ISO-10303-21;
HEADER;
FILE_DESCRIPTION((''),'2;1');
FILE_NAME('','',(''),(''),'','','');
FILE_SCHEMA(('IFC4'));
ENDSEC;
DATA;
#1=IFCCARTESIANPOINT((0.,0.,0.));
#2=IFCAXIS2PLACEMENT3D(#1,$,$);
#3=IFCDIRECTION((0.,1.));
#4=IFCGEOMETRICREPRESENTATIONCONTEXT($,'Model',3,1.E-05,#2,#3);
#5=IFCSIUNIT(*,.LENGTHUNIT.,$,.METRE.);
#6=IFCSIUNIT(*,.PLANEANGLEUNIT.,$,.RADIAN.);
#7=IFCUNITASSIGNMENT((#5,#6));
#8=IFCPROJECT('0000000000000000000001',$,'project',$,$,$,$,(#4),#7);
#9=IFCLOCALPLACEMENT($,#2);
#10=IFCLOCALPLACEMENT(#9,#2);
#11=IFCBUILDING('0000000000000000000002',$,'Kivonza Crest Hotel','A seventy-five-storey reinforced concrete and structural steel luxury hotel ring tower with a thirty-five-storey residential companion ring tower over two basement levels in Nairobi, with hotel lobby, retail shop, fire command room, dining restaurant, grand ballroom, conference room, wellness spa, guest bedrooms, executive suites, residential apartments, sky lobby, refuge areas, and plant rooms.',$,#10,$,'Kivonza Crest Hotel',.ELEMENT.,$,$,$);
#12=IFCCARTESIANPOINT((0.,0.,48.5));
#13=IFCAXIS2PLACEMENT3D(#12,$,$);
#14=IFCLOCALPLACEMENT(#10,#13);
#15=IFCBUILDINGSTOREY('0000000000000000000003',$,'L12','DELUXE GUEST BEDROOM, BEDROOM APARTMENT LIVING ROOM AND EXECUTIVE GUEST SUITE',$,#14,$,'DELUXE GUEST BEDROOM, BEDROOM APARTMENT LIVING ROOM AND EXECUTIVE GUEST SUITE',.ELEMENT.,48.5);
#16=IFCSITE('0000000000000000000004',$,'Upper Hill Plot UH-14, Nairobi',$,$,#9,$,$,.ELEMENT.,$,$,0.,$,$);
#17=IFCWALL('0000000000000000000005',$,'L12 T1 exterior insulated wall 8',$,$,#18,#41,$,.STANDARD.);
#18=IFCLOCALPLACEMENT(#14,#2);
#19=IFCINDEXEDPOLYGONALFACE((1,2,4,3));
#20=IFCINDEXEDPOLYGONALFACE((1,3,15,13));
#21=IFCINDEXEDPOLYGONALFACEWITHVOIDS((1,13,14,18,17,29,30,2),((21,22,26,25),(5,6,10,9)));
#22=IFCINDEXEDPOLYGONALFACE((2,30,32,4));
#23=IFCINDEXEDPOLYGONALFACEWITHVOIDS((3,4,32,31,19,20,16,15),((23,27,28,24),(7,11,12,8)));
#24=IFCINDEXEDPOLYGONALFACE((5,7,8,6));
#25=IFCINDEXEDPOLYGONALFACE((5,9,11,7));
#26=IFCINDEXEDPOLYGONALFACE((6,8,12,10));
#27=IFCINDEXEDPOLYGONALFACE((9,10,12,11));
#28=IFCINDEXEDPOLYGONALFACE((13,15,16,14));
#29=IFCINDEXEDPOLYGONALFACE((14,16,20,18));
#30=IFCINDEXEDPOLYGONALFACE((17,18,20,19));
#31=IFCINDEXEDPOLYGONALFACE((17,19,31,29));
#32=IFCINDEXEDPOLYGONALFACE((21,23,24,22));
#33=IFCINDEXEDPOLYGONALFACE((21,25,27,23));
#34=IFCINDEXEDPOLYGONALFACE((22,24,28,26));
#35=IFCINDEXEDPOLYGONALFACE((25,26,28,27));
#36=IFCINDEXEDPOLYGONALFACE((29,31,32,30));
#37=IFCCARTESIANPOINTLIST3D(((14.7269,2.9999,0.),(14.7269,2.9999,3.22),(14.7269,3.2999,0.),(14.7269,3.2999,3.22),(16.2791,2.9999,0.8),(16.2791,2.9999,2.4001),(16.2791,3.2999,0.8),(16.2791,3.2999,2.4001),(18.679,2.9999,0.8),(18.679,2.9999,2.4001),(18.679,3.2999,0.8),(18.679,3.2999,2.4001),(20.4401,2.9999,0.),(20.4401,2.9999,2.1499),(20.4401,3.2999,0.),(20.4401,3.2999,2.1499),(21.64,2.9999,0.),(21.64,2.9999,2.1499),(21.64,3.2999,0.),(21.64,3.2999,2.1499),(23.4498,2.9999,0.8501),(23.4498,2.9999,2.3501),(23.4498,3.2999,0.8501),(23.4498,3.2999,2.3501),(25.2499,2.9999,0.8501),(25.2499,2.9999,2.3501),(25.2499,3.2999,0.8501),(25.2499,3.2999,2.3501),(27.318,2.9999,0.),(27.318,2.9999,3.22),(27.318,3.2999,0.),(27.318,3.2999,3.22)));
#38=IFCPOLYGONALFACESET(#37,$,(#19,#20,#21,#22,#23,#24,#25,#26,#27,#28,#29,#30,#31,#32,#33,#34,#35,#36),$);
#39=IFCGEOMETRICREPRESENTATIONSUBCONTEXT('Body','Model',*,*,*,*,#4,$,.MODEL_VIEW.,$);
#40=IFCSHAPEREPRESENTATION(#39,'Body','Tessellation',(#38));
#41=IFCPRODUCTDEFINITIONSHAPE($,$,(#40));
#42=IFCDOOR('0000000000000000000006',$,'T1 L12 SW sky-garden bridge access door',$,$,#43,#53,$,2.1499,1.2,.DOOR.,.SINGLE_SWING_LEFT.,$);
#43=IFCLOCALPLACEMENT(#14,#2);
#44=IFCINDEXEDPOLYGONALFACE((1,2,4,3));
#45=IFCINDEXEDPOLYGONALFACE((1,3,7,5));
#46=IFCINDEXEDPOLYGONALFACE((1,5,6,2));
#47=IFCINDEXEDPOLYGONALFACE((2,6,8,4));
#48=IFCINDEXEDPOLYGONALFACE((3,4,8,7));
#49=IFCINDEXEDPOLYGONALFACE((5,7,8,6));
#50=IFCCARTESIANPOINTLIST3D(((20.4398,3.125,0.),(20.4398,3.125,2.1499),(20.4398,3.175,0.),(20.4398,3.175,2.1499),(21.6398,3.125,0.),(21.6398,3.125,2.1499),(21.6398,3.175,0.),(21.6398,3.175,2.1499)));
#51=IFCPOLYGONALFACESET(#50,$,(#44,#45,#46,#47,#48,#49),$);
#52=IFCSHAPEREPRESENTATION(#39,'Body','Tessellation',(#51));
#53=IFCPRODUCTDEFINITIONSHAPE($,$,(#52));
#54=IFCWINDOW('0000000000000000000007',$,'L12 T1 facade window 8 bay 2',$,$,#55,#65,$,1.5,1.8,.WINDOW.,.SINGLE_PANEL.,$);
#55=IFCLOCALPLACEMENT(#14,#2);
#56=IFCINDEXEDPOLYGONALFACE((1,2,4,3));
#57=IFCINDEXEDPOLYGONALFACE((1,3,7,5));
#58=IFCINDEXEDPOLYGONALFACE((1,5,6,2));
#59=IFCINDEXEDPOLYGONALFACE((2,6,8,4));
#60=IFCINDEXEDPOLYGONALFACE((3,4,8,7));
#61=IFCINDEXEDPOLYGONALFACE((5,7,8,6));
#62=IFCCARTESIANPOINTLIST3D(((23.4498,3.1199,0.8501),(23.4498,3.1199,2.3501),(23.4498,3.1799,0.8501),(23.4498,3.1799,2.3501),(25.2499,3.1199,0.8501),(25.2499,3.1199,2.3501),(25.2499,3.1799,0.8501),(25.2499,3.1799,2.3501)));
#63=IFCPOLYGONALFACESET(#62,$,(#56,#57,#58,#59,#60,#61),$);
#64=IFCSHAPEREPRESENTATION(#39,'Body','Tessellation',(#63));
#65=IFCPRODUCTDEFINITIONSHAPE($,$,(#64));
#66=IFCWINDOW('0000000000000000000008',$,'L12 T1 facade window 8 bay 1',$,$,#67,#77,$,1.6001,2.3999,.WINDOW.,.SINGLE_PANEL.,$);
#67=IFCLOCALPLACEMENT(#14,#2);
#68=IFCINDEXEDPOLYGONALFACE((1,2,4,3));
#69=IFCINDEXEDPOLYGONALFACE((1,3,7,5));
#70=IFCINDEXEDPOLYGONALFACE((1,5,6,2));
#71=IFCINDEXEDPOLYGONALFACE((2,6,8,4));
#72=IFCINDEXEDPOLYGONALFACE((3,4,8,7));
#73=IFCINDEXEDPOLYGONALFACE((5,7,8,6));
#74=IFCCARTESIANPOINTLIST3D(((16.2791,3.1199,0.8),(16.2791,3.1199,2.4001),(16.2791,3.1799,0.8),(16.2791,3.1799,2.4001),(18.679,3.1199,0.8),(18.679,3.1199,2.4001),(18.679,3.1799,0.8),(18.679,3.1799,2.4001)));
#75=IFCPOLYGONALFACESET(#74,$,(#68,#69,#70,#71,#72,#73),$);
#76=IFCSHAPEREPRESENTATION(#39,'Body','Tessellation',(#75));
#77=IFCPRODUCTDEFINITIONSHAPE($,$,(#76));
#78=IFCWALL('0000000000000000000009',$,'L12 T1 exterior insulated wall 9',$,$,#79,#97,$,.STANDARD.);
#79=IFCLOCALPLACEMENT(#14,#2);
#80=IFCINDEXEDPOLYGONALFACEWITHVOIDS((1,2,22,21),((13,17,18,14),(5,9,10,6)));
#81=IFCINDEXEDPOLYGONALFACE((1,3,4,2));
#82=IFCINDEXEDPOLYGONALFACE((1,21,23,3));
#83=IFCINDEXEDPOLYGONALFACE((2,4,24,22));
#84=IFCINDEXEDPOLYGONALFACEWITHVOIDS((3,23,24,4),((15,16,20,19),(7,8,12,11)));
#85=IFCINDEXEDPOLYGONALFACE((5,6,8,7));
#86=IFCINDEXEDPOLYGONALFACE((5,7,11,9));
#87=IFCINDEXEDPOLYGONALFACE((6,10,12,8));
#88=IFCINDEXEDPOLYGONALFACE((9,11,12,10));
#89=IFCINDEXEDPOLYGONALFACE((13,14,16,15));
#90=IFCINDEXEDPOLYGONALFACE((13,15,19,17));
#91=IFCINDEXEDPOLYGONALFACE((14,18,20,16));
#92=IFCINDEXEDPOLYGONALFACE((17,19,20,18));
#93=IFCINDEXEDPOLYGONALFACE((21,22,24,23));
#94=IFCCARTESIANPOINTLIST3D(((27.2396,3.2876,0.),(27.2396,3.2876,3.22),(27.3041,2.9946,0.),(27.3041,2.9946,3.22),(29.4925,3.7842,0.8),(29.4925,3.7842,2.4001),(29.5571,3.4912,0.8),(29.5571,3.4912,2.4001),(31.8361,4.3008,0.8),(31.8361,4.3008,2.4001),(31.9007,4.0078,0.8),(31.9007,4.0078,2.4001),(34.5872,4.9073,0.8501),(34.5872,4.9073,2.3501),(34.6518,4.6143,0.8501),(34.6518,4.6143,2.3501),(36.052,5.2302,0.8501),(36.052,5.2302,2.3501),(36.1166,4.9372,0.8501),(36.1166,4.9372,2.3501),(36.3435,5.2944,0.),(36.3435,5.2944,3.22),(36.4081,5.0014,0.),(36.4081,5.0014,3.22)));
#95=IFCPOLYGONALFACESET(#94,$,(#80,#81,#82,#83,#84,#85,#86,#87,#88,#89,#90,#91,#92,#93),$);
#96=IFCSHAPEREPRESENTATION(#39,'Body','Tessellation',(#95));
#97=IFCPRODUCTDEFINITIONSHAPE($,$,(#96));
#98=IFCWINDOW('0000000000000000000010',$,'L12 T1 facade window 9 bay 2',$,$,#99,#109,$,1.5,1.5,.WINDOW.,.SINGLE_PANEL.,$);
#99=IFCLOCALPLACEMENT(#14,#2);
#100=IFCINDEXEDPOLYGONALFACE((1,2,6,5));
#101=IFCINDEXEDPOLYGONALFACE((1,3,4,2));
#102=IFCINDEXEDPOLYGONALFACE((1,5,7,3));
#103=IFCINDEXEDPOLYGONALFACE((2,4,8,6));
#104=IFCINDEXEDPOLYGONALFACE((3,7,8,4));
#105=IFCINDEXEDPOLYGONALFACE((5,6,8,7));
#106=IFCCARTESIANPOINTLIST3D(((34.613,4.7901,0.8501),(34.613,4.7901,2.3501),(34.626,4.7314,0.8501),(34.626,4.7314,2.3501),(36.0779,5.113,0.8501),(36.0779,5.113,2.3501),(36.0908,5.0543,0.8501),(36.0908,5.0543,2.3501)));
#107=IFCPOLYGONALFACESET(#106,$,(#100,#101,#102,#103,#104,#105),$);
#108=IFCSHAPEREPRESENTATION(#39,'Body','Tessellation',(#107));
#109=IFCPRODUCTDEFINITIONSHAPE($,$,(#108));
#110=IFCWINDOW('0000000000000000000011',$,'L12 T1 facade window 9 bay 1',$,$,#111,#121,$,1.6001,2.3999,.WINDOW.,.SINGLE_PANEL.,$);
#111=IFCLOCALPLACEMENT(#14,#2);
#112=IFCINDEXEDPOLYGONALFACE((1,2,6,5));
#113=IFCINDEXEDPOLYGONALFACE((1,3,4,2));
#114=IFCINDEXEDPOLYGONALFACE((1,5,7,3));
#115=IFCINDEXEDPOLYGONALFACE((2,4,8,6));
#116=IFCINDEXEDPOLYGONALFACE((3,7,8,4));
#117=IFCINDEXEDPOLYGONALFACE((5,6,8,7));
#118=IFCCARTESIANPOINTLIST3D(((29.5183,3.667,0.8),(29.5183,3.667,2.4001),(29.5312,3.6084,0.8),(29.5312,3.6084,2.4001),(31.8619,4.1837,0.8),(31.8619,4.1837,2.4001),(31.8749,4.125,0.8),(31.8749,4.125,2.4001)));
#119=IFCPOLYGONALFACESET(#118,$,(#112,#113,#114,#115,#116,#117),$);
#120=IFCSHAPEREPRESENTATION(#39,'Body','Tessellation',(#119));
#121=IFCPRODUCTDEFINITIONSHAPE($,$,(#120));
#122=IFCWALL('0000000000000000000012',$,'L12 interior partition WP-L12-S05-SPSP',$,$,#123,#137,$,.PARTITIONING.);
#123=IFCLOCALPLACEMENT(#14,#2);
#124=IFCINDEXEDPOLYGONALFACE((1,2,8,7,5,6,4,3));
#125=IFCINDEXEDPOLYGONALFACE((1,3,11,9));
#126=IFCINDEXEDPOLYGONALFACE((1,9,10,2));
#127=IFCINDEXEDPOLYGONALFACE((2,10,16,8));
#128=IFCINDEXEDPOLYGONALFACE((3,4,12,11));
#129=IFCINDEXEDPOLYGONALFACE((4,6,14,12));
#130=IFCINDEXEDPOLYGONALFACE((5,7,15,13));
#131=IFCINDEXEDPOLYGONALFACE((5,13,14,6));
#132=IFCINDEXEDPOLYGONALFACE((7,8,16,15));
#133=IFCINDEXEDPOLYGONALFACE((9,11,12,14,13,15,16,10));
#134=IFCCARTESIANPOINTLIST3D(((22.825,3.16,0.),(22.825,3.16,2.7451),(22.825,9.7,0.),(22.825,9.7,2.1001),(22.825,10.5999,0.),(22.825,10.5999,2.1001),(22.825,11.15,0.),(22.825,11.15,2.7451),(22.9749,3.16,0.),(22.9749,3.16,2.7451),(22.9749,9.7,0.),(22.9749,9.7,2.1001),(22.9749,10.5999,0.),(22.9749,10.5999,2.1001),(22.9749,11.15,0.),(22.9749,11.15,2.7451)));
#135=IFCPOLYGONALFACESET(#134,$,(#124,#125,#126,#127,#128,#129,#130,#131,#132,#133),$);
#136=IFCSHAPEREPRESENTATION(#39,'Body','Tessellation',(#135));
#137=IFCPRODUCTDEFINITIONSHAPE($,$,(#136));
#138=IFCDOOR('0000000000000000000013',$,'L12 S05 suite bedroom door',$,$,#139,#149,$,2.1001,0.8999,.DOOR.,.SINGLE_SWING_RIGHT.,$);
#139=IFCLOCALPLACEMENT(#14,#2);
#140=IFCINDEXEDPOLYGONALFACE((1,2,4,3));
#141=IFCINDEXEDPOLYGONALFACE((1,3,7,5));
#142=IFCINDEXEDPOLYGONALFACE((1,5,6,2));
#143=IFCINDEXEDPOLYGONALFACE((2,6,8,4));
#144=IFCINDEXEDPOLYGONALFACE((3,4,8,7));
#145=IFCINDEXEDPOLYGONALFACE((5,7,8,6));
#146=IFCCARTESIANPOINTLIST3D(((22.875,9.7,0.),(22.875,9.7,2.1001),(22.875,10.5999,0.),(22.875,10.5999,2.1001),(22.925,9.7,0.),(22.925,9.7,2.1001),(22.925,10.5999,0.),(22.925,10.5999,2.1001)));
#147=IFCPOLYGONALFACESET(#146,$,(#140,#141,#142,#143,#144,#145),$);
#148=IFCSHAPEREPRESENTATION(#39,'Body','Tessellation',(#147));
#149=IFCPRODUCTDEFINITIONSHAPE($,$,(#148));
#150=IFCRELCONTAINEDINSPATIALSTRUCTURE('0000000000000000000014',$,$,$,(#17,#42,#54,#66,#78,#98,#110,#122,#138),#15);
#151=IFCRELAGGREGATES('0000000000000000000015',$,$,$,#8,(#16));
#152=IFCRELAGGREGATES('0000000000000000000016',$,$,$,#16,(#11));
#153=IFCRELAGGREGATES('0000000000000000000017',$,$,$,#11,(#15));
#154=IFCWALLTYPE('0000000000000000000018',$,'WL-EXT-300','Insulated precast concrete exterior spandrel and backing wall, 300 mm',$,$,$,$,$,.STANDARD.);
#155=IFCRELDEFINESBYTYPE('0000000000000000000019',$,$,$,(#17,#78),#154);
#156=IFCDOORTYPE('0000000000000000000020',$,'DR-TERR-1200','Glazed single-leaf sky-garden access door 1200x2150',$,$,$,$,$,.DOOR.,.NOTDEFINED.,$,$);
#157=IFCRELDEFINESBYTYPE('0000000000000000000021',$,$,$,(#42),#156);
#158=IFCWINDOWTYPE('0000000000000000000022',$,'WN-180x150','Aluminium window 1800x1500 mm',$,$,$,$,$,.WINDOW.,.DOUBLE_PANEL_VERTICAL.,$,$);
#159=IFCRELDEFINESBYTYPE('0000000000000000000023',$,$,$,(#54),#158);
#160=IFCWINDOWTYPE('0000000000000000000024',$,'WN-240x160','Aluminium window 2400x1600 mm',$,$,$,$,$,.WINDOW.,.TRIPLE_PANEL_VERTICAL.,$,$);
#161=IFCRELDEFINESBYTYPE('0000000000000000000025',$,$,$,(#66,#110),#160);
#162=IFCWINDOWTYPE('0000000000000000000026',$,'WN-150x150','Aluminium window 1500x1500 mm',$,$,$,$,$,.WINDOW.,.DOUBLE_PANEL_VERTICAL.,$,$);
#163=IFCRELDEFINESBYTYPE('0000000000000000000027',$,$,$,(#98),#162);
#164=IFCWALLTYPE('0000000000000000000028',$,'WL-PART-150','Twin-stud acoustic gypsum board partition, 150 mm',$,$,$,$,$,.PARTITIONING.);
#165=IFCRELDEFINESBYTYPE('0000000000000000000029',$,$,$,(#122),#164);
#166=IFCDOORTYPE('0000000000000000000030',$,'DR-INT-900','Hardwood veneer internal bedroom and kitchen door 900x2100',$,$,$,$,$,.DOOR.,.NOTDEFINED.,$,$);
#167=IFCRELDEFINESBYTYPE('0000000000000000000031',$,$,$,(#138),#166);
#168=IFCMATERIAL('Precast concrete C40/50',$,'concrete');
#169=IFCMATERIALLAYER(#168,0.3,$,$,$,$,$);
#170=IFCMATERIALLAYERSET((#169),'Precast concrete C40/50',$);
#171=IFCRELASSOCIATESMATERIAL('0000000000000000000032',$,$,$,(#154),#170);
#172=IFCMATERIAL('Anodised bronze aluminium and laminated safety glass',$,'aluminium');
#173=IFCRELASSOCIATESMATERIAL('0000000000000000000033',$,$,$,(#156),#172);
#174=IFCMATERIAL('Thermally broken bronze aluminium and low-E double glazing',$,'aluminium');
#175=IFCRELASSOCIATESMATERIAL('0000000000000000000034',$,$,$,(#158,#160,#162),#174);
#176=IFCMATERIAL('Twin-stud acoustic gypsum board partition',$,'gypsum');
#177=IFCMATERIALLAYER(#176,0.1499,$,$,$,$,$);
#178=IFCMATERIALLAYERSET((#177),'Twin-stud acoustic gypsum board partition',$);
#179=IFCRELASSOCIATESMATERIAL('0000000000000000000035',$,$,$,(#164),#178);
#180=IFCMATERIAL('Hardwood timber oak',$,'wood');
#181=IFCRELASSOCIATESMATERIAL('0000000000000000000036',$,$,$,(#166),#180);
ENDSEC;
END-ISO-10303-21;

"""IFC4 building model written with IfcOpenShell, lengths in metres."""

from ifc_helpers import new_model, si_unit, direction, frame, frame_2d, origin, place, context, subcontext, project, spatial, rectangle, extrude, material, layer, layer_set, type_object, element, fill, save


model = new_model("IFC4")

# Units and contexts
model_context = context("Model", 3, precision=1e-05, world=origin(), true_north=direction((0.0, 1.0)))
body_context = subcontext(model_context, "Body", "Model", "MODEL_VIEW")
ifc_project = project(units=[si_unit("LENGTHUNIT", "METRE"), si_unit("PLANEANGLEUNIT", "RADIAN")], contexts=[model_context])

# Site, building, storey
site_placement = place(None, origin())
site = spatial("IfcSite", under=ifc_project, at=site_placement, Name="Upper Hill Plot UH-14, Nairobi", CompositionType="ELEMENT", RefElevation=0.0)
building_placement = place(site_placement, origin())
building = spatial("IfcBuilding", under=site, at=building_placement, Name="Kivonza Crest Hotel", Description="A seventy-five-storey reinforced concrete and structural steel luxury hotel ring tower with a thirty-five-storey residential companion ring tower over two basement levels in Nairobi, with hotel lobby, retail shop, fire command room, dining restaurant, grand ballroom, conference room, wellness spa, guest bedrooms, executive suites, residential apartments, sky lobby, refuge areas, and plant rooms.", LongName="Kivonza Crest Hotel", CompositionType="ELEMENT")
storey_placement = place(building_placement, frame((0.0, 0.0, 48.5)))
storey = spatial("IfcBuildingStorey", under=building, at=storey_placement, Name="L12", Description="DELUXE GUEST BEDROOM, BEDROOM APARTMENT LIVING ROOM AND EXECUTIVE GUEST SUITE", LongName="DELUXE GUEST BEDROOM, BEDROOM APARTMENT LIVING ROOM AND EXECUTIVE GUEST SUITE", CompositionType="ELEMENT", Elevation=48.5)

# Wall, openings, door, windows
ifc_material_1 = material(Name="Precast concrete C40/50", Category="concrete")
ifc_layer_1 = layer(ifc_material_1, 0.3)
ifc_layer_set_1 = layer_set([ifc_layer_1], Name="Precast concrete C40/50")
wall_type_1 = type_object("IfcWallType", Name="WL-EXT-300", Description="Insulated precast concrete exterior spandrel and backing wall, 300 mm", PredefinedType="STANDARD", material=ifc_layer_set_1)
wall_1_placement = place(storey_placement, frame((14.7271, 3.1499, 0.0), z_axis=(0.0, 0.0, 1.0), x_axis=(1.0, 0.0, 0.0)))
wall_1 = element("IfcWall", 1, at=wall_1_placement, inside=storey, type_object=wall_type_1, Name="L12 T1 exterior insulated wall 8", PredefinedType="STANDARD", context=body_context, shape_type="SweptSolid", body=[
    extrude(rectangle(XDim=12.5911, YDim=0.3, at=frame_2d((6.2954, 0.0))), origin(), (0.0, 0.0, 1.0), 3.22),
])
opening_1_placement = place(wall_1_placement, frame((5.7129, 0.0, 0.0)))
opening_1 = element("IfcOpeningElement", 2, at=opening_1_placement, cuts=wall_1, PredefinedType="OPENING", context=body_context, shape_type="SweptSolid", body=[
    extrude(rectangle(XDim=1.2, YDim=2.1499, at=frame_2d((0.6001, 1.075))), frame((0.0, 0.1602, 0.0), z_axis=(0.0, -1.0, 0.0), x_axis=(1.0, 0.0, 0.0)), (0.0, 0.0, 1.0), 0.3201),
])
opening_2_placement = place(wall_1_placement, frame((1.552, 0.0, 0.8)))
opening_2 = element("IfcOpeningElement", 3, at=opening_2_placement, cuts=wall_1, PredefinedType="OPENING", context=body_context, shape_type="SweptSolid", body=[
    extrude(rectangle(XDim=2.3999, YDim=1.6001, at=frame_2d((1.2, 0.8))), frame((0.0, 0.1602, 0.0), z_axis=(0.0, -1.0, 0.0), x_axis=(1.0, 0.0, 0.0)), (0.0, 0.0, 1.0), 0.3201),
])
opening_3_placement = place(wall_1_placement, frame((8.7229, 0.0, 0.8501)))
opening_3 = element("IfcOpeningElement", 4, at=opening_3_placement, cuts=wall_1, PredefinedType="OPENING", context=body_context, shape_type="SweptSolid", body=[
    extrude(rectangle(XDim=1.8, YDim=1.5, at=frame_2d((0.8999, 0.75))), frame((0.0, 0.1602, 0.0), z_axis=(0.0, -1.0, 0.0), x_axis=(1.0, 0.0, 0.0)), (0.0, 0.0, 1.0), 0.3201),
])
ifc_material_2 = material(Name="Anodised bronze aluminium and laminated safety glass", Category="aluminium")
door_type_1 = type_object("IfcDoorType", Name="DR-TERR-1200", Description="Glazed single-leaf sky-garden access door 1200x2150", OperationType="NOTDEFINED", PredefinedType="DOOR", material=ifc_material_2)
door_1_placement = place(opening_1_placement, frame((1.2, 0.0, 0.0), z_axis=(0.0, 0.0, 1.0), x_axis=(-1.0, 0.0, 0.0)))
door_1 = element("IfcDoor", 5, at=door_1_placement, inside=storey, type_object=door_type_1, Name="T1 L12 SW sky-garden bridge access door", OperationType="SINGLE_SWING_LEFT", OverallHeight=2.1499, OverallWidth=1.2, PredefinedType="DOOR", context=body_context, shape_type="SweptSolid", body=[
    extrude(rectangle(XDim=1.2, YDim=2.1499, at=frame_2d((0.6001, 1.075))), frame((0.0, 0.0249, 0.0), z_axis=(0.0, -1.0, 0.0), x_axis=(1.0, 0.0, 0.0)), (0.0, 0.0, 1.0), 0.05),
])
fill(opening_1, door_1)
ifc_material_3 = material(Name="Thermally broken bronze aluminium and low-E double glazing", Category="aluminium")
window_type_1 = type_object("IfcWindowType", Name="WN-180x150", Description="Aluminium window 1800x1500 mm", PartitioningType="DOUBLE_PANEL_VERTICAL", PredefinedType="WINDOW", material=ifc_material_3)
window_1_placement = place(opening_3_placement, origin())
window_1 = element("IfcWindow", 6, at=window_1_placement, inside=storey, type_object=window_type_1, Name="L12 T1 facade window 8 bay 2", OverallHeight=1.5, OverallWidth=1.8, PartitioningType="SINGLE_PANEL", PredefinedType="WINDOW", context=body_context, shape_type="SweptSolid", body=[
    extrude(rectangle(XDim=1.8, YDim=1.5, at=frame_2d((0.8999, 0.75))), frame((0.0, 0.03, 0.0), z_axis=(0.0, -1.0, 0.0), x_axis=(1.0, 0.0, 0.0)), (0.0, 0.0, 1.0), 0.0601),
])
fill(opening_3, window_1)
window_type_2 = type_object("IfcWindowType", Name="WN-240x160", Description="Aluminium window 2400x1600 mm", PartitioningType="TRIPLE_PANEL_VERTICAL", PredefinedType="WINDOW", material=ifc_material_3)
window_2_placement = place(opening_2_placement, origin())
window_2 = element("IfcWindow", 7, at=window_2_placement, inside=storey, type_object=window_type_2, Name="L12 T1 facade window 8 bay 1", OverallHeight=1.6001, OverallWidth=2.3999, PartitioningType="SINGLE_PANEL", PredefinedType="WINDOW", context=body_context, shape_type="SweptSolid", body=[
    extrude(rectangle(XDim=2.3999, YDim=1.6001, at=frame_2d((1.2, 0.8))), frame((0.0, 0.03, 0.0), z_axis=(0.0, -1.0, 0.0), x_axis=(1.0, 0.0, 0.0)), (0.0, 0.0, 1.0), 0.0601),
])
fill(opening_2, window_2)

# Wall, openings, windows
wall_2_placement = place(storey_placement, frame((27.272, 3.1411, 0.0), z_axis=(0.0, 0.0, 1.0), x_axis=(0.976555, 0.215266, 0.0)))
wall_2 = element("IfcWall", 8, at=wall_2_placement, inside=storey, type_object=wall_type_1, Name="L12 T1 exterior insulated wall 9", PredefinedType="STANDARD", context=body_context, shape_type="SweptSolid", body=[
    extrude(rectangle(XDim=9.3225, YDim=0.3, at=frame_2d((4.6611, 0.0))), origin(), (0.0, 0.0, 1.0), 3.22),
])
opening_4_placement = place(wall_2_placement, frame((2.3069, 0.0, 0.8)))
opening_4 = element("IfcOpeningElement", 9, at=opening_4_placement, cuts=wall_2, PredefinedType="OPENING", context=body_context, shape_type="SweptSolid", body=[
    extrude(rectangle(XDim=2.3999, YDim=1.6001, at=frame_2d((1.2, 0.8))), frame((0.0, 0.1602, 0.0), z_axis=(0.0, -1.0, 0.0), x_axis=(1.0, 0.0, 0.0)), (0.0, 0.0, 1.0), 0.3201),
])
opening_5_placement = place(wall_2_placement, frame((7.5239, 0.0, 0.8501)))
opening_5 = element("IfcOpeningElement", 10, at=opening_5_placement, cuts=wall_2, PredefinedType="OPENING", context=body_context, shape_type="SweptSolid", body=[
    extrude(rectangle(XDim=1.5, YDim=1.5, at=frame_2d((0.75, 0.75))), frame((0.0, 0.1602, 0.0), z_axis=(0.0, -1.0, 0.0), x_axis=(1.0, 0.0, 0.0)), (0.0, 0.0, 1.0), 0.3201),
])
window_type_3 = type_object("IfcWindowType", Name="WN-150x150", Description="Aluminium window 1500x1500 mm", PartitioningType="DOUBLE_PANEL_VERTICAL", PredefinedType="WINDOW", material=ifc_material_3)
window_3_placement = place(opening_5_placement, origin())
window_3 = element("IfcWindow", 11, at=window_3_placement, inside=storey, type_object=window_type_3, Name="L12 T1 facade window 9 bay 2", OverallHeight=1.5, OverallWidth=1.5, PartitioningType="SINGLE_PANEL", PredefinedType="WINDOW", context=body_context, shape_type="SweptSolid", body=[
    extrude(rectangle(XDim=1.5, YDim=1.5, at=frame_2d((0.75, 0.75))), frame((0.0, 0.03, 0.0), z_axis=(0.0, -1.0, 0.0), x_axis=(1.0, 0.0, 0.0)), (0.0, 0.0, 1.0), 0.0601),
])
fill(opening_5, window_3)
window_4_placement = place(opening_4_placement, origin())
window_4 = element("IfcWindow", 12, at=window_4_placement, inside=storey, type_object=window_type_2, Name="L12 T1 facade window 9 bay 1", OverallHeight=1.6001, OverallWidth=2.3999, PartitioningType="SINGLE_PANEL", PredefinedType="WINDOW", context=body_context, shape_type="SweptSolid", body=[
    extrude(rectangle(XDim=2.3999, YDim=1.6001, at=frame_2d((1.2, 0.8))), frame((0.0, 0.03, 0.0), z_axis=(0.0, -1.0, 0.0), x_axis=(1.0, 0.0, 0.0)), (0.0, 0.0, 1.0), 0.0601),
])
fill(opening_4, window_4)

# Wall, opening, door
ifc_material_4 = material(Name="Twin-stud acoustic gypsum board partition", Category="gypsum")
ifc_layer_2 = layer(ifc_material_4, 0.1499)
ifc_layer_set_2 = layer_set([ifc_layer_2], Name="Twin-stud acoustic gypsum board partition")
wall_type_2 = type_object("IfcWallType", Name="WL-PART-150", Description="Twin-stud acoustic gypsum board partition, 150 mm", PredefinedType="PARTITIONING", material=ifc_layer_set_2)
wall_3_placement = place(storey_placement, frame((22.8999, 3.1599, 0.0), z_axis=(0.0, 0.0, 1.0), x_axis=(0.0, 1.0, 0.0)))
wall_3 = element("IfcWall", 13, at=wall_3_placement, inside=storey, type_object=wall_type_2, Name="L12 interior partition WP-L12-S05-SPSP", PredefinedType="PARTITIONING", context=body_context, shape_type="SweptSolid", body=[
    extrude(rectangle(XDim=7.99, YDim=0.1499, at=frame_2d((3.9951, 0.0))), origin(), (0.0, 0.0, 1.0), 2.7451),
])
opening_6_placement = place(wall_3_placement, frame((6.54, 0.0, 0.0)))
opening_6 = element("IfcOpeningElement", 14, at=opening_6_placement, cuts=wall_3, PredefinedType="OPENING", context=body_context, shape_type="SweptSolid", body=[
    extrude(rectangle(XDim=0.8999, YDim=2.1001, at=frame_2d((0.45, 1.05))), frame((0.0, 0.085, 0.0), z_axis=(0.0, -1.0, 0.0), x_axis=(1.0, 0.0, 0.0)), (0.0, 0.0, 1.0), 0.1699),
])
ifc_material_5 = material(Name="Hardwood timber oak", Category="wood")
door_type_2 = type_object("IfcDoorType", Name="DR-INT-900", Description="Hardwood veneer internal bedroom and kitchen door 900x2100", OperationType="NOTDEFINED", PredefinedType="DOOR", material=ifc_material_5)
door_2_placement = place(opening_6_placement, origin())
door_2 = element("IfcDoor", 15, at=door_2_placement, inside=storey, type_object=door_type_2, Name="L12 S05 suite bedroom door", OperationType="SINGLE_SWING_RIGHT", OverallHeight=2.1001, OverallWidth=0.8999, PredefinedType="DOOR", context=body_context, shape_type="SweptSolid", body=[
    extrude(rectangle(XDim=0.8999, YDim=2.1001, at=frame_2d((0.45, 1.05))), frame((0.0, 0.0249, 0.0), z_axis=(0.0, -1.0, 0.0), x_axis=(1.0, 0.0, 0.0)), (0.0, 0.0, 1.0), 0.05),
])
fill(opening_6, door_2)

save(model, "model.ifc")
